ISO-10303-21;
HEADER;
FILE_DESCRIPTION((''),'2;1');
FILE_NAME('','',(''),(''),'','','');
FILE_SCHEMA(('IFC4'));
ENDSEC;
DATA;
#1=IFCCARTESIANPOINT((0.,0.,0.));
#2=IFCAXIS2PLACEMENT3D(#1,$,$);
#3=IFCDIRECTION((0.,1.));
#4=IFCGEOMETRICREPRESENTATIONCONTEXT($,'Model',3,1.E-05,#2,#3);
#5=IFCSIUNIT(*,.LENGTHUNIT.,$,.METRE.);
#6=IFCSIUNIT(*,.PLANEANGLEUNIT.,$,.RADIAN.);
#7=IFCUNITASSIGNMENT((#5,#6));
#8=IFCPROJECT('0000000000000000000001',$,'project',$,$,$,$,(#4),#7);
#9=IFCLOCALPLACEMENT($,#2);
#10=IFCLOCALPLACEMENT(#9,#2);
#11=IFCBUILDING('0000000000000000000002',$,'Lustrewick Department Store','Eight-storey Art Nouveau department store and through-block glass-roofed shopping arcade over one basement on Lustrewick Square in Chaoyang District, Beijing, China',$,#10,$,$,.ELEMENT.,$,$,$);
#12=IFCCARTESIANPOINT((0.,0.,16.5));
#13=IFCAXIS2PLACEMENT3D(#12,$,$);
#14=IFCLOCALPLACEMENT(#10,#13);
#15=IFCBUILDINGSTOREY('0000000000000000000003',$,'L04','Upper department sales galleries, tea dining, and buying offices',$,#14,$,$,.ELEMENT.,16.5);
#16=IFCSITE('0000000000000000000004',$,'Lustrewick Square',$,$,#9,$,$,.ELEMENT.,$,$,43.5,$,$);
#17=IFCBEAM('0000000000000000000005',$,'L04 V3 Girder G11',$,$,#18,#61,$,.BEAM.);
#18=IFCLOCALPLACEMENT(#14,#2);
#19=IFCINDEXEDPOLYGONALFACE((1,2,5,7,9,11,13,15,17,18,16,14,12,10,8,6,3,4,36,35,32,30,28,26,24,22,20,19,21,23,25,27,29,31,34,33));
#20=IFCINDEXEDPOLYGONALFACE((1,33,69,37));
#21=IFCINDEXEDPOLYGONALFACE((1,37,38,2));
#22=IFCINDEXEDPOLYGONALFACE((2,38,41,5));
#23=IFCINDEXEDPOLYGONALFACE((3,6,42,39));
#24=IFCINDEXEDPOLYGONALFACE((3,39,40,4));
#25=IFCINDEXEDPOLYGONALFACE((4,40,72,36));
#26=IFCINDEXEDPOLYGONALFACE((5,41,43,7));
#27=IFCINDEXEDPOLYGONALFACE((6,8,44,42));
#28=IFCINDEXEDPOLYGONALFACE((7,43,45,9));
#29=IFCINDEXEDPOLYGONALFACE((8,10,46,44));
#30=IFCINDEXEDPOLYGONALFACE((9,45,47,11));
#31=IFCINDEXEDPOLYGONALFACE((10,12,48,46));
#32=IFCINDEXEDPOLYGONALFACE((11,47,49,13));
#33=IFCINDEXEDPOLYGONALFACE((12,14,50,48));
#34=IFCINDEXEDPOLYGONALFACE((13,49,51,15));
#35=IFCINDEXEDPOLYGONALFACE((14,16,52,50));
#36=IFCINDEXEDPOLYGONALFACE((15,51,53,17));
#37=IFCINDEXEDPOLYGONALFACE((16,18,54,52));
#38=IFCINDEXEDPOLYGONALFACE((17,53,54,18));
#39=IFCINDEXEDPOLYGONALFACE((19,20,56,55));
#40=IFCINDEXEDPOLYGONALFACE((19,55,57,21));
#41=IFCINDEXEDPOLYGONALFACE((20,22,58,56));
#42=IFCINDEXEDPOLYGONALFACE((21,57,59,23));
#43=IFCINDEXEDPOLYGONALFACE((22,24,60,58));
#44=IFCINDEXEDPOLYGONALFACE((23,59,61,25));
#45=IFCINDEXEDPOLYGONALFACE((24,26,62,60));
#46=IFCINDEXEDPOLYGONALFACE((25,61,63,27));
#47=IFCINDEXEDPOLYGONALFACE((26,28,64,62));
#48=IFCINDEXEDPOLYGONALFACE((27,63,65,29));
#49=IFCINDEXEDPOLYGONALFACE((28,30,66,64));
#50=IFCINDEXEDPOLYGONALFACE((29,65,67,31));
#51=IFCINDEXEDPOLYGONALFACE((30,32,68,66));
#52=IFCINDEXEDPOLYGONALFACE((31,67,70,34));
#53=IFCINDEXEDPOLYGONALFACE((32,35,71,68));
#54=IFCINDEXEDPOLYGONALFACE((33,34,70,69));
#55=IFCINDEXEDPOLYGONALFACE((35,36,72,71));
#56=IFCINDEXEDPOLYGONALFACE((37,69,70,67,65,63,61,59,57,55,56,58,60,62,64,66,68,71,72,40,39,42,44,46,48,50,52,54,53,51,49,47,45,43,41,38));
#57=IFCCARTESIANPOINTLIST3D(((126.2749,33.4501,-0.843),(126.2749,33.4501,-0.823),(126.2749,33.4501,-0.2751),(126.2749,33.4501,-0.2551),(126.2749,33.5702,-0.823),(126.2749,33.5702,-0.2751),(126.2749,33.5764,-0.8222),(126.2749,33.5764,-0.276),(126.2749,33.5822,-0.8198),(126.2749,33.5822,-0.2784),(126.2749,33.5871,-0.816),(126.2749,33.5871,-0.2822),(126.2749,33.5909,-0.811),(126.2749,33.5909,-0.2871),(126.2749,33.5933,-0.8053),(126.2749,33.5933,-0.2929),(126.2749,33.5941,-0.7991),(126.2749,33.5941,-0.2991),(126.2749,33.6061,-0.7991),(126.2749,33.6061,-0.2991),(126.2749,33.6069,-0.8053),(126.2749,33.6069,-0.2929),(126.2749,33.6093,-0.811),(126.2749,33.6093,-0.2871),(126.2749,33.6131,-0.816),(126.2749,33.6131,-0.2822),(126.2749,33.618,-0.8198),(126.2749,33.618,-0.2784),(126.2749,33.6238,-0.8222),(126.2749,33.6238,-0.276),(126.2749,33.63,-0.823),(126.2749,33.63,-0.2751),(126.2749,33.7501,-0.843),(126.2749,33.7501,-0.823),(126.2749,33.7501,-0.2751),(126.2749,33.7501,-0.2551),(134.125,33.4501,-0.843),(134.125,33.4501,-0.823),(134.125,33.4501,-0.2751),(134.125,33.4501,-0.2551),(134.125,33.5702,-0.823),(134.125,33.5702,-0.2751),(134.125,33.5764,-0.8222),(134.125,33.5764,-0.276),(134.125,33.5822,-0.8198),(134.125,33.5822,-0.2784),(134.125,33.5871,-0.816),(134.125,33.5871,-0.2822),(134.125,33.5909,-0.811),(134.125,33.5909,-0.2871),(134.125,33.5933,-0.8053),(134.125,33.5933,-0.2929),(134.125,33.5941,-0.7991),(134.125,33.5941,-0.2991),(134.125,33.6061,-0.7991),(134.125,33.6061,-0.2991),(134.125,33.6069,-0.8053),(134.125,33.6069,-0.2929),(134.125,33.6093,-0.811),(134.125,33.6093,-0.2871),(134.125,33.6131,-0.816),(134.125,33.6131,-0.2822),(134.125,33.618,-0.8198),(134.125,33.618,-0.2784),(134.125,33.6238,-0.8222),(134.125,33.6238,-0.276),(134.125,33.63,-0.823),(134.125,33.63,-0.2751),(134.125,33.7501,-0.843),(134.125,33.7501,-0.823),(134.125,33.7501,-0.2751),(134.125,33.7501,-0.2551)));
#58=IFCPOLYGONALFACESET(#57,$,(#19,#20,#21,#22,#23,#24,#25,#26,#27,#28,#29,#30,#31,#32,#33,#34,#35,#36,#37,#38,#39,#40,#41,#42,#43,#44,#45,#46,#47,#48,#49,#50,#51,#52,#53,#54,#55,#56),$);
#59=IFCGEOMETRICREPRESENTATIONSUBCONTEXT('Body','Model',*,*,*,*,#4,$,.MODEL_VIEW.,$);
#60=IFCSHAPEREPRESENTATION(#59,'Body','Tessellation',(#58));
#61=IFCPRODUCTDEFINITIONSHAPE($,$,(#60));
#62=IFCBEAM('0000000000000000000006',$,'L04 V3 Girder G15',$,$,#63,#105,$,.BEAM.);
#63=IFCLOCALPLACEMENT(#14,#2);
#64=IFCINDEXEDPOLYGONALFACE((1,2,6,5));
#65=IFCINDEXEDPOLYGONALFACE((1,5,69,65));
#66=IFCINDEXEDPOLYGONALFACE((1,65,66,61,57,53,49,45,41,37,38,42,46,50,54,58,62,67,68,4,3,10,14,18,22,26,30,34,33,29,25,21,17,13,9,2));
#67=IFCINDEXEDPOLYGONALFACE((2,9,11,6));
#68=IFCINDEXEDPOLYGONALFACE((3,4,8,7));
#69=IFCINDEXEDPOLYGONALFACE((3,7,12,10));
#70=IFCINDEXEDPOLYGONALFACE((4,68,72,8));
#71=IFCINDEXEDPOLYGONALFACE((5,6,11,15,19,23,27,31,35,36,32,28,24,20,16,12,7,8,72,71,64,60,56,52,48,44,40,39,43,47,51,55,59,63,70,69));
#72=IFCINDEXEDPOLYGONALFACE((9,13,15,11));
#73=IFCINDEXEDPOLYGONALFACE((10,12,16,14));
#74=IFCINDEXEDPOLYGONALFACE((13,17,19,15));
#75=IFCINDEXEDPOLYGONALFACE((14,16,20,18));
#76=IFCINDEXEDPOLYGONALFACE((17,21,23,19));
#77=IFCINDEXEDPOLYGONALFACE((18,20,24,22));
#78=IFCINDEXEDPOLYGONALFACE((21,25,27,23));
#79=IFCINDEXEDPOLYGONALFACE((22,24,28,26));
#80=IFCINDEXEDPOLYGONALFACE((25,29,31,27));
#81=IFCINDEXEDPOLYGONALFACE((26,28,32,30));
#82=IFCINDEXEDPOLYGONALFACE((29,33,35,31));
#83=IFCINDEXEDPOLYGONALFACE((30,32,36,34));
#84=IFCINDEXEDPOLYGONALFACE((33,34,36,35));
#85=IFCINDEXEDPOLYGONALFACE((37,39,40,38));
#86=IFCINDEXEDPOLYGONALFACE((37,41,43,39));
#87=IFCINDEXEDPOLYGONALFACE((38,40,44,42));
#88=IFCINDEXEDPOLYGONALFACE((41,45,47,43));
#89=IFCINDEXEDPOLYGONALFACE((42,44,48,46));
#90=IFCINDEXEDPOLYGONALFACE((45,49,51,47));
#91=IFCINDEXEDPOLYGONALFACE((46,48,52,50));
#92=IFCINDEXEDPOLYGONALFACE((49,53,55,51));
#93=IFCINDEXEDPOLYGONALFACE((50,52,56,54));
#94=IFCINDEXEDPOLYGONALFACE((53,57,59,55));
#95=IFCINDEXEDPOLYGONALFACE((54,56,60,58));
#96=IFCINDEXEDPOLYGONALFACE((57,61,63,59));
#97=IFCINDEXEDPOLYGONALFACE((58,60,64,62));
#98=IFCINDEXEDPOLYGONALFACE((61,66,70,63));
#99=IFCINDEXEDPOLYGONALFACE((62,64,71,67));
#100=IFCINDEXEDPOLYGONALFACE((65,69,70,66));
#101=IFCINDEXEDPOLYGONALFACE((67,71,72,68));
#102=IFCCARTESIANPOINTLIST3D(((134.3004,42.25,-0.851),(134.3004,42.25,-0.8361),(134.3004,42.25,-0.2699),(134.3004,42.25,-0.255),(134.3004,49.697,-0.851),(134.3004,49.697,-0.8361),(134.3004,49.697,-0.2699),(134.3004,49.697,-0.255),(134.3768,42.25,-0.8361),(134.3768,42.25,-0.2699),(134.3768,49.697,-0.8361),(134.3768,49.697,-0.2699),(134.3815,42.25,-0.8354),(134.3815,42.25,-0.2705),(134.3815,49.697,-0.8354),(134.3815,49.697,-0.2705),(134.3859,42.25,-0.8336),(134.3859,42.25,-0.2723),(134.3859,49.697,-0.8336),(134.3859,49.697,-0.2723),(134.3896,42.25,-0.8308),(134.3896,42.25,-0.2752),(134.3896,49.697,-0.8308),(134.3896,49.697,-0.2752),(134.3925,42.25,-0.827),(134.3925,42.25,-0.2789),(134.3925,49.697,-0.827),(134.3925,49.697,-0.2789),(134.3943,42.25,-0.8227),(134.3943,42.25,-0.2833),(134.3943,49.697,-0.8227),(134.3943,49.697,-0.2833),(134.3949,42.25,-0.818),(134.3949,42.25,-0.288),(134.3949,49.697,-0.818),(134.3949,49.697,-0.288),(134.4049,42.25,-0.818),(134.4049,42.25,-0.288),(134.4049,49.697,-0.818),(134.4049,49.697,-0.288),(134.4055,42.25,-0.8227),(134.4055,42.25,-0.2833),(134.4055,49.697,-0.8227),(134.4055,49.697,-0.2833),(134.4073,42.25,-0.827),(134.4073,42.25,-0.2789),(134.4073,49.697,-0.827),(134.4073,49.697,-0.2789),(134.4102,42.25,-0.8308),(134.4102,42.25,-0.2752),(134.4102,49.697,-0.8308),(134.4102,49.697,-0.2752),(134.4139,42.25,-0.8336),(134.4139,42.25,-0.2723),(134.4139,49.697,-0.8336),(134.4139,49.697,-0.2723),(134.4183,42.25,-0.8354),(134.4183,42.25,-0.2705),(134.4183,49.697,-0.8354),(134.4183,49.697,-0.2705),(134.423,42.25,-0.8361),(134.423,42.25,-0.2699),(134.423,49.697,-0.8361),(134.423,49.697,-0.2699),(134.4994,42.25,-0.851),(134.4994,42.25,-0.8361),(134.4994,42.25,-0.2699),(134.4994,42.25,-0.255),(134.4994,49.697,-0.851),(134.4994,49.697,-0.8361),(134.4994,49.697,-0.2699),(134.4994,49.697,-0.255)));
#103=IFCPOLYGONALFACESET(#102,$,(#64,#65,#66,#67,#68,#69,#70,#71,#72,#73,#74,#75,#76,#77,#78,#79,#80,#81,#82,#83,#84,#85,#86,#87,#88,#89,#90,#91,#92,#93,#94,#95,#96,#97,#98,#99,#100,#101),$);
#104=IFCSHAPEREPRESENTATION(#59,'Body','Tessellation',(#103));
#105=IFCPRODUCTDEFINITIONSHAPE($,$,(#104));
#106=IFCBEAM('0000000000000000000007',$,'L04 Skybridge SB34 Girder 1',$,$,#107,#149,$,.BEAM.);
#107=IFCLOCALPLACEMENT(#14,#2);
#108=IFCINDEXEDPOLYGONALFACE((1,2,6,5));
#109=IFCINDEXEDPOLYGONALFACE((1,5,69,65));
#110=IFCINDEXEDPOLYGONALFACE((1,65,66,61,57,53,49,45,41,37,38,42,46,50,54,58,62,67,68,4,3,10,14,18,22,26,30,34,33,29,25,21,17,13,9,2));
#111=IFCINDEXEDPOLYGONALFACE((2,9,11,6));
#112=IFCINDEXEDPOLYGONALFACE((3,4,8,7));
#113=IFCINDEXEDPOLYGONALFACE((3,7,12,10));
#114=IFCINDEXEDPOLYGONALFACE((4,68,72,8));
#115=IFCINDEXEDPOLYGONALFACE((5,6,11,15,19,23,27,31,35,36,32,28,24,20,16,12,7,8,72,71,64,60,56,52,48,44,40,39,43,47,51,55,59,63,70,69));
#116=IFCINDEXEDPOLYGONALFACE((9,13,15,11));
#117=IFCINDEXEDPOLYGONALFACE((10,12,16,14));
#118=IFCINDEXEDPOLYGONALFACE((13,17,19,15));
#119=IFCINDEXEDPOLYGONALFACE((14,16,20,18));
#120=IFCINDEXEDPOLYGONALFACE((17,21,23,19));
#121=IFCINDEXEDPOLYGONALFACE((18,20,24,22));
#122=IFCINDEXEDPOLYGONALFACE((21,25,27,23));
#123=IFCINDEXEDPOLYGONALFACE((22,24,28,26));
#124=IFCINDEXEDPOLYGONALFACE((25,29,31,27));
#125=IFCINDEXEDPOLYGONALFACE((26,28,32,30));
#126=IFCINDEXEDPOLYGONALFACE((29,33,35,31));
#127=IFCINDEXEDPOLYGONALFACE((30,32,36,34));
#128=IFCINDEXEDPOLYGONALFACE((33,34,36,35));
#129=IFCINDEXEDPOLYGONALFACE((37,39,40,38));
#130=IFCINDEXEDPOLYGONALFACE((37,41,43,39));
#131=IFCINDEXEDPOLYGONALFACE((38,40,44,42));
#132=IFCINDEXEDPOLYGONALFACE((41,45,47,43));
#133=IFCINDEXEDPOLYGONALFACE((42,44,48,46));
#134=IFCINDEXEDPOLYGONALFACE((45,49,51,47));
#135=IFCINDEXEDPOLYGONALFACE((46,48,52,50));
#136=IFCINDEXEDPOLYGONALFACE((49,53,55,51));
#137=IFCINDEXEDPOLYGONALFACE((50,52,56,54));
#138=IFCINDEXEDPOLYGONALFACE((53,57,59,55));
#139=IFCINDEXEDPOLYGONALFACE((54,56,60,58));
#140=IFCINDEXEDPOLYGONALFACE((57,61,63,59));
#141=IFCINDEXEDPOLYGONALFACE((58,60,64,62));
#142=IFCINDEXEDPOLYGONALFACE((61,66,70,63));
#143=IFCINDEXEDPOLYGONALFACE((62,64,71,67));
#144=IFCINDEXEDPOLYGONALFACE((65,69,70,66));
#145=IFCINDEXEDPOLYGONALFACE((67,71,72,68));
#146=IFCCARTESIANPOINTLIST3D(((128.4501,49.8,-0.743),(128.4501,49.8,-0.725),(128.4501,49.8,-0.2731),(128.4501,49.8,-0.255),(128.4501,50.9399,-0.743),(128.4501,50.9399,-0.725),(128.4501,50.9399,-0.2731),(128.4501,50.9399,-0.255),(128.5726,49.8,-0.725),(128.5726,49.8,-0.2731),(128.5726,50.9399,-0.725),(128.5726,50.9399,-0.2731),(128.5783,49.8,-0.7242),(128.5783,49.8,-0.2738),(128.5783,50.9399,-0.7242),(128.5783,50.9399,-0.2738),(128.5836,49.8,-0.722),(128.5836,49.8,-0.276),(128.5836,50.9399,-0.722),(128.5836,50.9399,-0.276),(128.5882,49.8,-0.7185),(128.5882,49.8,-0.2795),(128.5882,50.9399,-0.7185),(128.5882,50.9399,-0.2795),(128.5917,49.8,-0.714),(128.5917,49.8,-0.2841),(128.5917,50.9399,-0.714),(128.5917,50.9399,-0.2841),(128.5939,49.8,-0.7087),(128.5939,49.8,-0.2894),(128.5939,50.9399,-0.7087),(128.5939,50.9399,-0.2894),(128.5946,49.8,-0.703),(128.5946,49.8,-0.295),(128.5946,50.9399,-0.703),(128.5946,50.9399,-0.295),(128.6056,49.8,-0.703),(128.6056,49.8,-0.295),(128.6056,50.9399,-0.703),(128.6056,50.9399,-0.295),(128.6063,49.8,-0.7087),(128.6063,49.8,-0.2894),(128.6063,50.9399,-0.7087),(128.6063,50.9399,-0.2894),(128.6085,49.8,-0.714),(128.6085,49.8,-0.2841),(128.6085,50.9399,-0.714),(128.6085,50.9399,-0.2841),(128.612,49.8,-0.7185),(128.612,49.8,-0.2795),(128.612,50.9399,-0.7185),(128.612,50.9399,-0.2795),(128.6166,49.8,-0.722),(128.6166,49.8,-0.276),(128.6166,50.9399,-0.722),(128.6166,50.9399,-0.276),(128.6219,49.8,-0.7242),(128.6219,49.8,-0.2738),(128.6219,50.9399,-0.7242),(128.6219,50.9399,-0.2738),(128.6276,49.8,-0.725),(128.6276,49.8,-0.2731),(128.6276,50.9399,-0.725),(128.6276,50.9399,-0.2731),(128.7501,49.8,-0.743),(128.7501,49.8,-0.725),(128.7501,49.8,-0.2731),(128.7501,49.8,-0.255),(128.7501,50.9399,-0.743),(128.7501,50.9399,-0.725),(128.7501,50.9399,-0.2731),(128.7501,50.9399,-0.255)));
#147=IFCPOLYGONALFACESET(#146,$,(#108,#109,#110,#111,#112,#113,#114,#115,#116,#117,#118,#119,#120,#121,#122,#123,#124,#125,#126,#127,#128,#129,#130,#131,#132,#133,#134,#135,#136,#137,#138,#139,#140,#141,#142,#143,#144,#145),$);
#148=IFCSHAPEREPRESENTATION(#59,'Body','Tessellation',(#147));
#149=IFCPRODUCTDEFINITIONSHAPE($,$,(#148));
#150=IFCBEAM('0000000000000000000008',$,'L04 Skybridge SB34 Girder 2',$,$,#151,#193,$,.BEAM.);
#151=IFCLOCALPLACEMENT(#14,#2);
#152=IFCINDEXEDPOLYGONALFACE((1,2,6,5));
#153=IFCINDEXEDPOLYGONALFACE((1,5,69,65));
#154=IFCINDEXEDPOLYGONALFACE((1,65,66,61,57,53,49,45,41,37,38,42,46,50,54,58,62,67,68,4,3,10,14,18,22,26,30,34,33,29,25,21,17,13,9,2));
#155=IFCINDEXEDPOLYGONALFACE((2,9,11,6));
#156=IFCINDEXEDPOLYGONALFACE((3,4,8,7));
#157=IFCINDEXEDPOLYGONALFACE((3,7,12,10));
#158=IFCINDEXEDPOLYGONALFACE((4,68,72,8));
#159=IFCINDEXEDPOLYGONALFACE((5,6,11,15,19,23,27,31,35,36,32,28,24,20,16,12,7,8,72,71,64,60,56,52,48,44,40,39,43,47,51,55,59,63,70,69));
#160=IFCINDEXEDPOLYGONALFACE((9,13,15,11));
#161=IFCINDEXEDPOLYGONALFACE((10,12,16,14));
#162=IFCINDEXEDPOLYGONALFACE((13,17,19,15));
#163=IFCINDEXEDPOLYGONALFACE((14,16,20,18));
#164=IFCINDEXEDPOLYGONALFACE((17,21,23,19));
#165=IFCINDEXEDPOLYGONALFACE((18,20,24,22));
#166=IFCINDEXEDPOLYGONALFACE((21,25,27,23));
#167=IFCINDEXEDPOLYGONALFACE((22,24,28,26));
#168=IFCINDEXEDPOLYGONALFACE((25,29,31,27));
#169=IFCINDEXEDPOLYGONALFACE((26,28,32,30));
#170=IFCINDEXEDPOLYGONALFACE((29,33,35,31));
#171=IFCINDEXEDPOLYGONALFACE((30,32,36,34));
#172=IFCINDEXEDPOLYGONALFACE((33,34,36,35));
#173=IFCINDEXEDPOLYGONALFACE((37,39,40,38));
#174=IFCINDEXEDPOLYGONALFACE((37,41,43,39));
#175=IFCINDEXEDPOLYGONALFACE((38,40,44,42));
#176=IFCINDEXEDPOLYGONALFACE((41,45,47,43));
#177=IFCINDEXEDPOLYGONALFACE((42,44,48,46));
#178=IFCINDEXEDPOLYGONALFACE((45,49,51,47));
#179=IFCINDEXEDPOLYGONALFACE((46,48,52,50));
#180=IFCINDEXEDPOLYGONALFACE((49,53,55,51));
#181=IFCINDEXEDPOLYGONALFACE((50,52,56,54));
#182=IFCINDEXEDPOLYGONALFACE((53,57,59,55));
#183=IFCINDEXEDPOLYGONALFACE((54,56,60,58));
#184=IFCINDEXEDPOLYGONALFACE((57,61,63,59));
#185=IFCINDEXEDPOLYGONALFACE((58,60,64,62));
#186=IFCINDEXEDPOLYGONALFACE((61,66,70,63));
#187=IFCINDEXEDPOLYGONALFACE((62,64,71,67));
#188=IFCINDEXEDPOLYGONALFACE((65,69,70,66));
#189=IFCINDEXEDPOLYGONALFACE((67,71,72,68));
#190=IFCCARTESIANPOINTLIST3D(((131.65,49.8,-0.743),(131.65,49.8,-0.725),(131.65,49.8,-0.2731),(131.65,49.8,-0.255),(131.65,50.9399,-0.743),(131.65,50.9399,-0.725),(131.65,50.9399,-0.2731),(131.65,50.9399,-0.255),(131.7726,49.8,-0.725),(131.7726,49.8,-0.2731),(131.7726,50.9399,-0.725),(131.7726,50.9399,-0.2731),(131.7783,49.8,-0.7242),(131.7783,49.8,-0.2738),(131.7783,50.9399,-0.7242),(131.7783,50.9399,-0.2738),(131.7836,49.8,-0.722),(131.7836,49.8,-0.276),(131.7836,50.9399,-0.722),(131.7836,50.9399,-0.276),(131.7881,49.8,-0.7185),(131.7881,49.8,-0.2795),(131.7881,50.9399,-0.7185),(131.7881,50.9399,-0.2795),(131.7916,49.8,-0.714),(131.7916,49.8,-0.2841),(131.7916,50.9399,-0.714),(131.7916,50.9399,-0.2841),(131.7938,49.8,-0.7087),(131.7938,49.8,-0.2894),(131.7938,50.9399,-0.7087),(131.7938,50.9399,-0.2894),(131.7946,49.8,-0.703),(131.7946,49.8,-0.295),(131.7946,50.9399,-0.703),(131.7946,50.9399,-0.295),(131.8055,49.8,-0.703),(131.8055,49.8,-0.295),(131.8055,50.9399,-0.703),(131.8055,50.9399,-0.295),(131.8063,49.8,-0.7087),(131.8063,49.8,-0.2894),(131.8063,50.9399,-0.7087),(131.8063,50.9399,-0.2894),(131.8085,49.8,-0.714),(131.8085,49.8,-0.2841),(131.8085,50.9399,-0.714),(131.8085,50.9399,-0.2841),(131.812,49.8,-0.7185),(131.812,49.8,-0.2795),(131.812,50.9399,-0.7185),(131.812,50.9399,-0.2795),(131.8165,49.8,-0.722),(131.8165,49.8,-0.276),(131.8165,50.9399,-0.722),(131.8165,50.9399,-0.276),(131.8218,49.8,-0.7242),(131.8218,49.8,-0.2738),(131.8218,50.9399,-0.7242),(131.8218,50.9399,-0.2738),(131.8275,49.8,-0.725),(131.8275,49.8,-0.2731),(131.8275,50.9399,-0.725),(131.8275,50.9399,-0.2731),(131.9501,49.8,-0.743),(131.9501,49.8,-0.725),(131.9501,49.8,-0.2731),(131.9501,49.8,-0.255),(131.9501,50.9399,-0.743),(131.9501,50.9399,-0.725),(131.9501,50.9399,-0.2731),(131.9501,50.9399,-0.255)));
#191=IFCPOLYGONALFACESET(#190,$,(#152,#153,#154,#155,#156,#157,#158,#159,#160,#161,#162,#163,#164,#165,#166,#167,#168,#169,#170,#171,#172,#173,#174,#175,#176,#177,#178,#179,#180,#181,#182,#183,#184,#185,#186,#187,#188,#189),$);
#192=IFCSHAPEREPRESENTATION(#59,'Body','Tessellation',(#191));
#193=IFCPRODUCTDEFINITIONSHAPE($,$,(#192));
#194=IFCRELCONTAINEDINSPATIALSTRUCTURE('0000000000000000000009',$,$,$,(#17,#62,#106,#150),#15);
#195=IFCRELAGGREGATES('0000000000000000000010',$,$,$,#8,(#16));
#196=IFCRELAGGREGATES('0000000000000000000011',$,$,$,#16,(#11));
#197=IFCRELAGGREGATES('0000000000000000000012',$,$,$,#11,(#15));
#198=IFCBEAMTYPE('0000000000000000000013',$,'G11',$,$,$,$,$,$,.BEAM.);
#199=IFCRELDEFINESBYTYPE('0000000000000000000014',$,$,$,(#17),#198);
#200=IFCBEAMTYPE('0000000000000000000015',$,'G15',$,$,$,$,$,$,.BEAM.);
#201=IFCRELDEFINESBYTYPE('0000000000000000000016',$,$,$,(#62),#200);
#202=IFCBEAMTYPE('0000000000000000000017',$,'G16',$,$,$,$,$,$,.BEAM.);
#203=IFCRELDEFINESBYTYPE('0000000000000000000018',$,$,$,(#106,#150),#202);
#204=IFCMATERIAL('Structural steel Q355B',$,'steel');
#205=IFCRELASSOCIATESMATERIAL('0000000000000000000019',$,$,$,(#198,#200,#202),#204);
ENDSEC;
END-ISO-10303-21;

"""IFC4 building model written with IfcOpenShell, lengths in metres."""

from ifc_helpers import new_model, si_unit, direction, frame, origin, origin_2d, place, context, subcontext, project, spatial, i_section, extrude, material, material_profile, profile_set, type_object, element, save


model = new_model("IFC4")

# Units and contexts
model_context = context("Model", 3, precision=1e-05, world=origin(), true_north=direction((0.0, 1.0)))
body_context = subcontext(model_context, "Body", "Model", "MODEL_VIEW")
ifc_project = project(units=[si_unit("LENGTHUNIT", "METRE"), si_unit("PLANEANGLEUNIT", "RADIAN")], contexts=[model_context])

# Site, building, storey
site_placement = place(None, origin())
site = spatial("IfcSite", under=ifc_project, at=site_placement, Name="Lustrewick Square", CompositionType="ELEMENT", RefElevation=43.5)
building_placement = place(site_placement, origin())
building = spatial("IfcBuilding", under=site, at=building_placement, Name="Lustrewick Department Store", Description="Eight-storey Art Nouveau department store and through-block glass-roofed shopping arcade over one basement on Lustrewick Square in Chaoyang District, Beijing, China", CompositionType="ELEMENT")
storey_placement = place(building_placement, frame((0.0, 0.0, 16.5)))
storey = spatial("IfcBuildingStorey", under=building, at=storey_placement, Name="L04", Description="Upper department sales galleries, tea dining, and buying offices", CompositionType="ELEMENT", Elevation=16.5)

# Shared definitions
ifc_material_1 = material(Name="Structural steel Q355B", Category="steel")

# Beams
ifc_material_profile_1 = material_profile(ifc_material_1, i_section(OverallWidth=0.3, OverallDepth=0.5879, WebThickness=0.012, FlangeThickness=0.02, FilletRadius=0.0239, at=origin_2d()), Name="HM 588x300x12x20")
ifc_profile_set_1 = profile_set([ifc_material_profile_1], Name="Structural steel Q355B")
beam_type_1 = type_object("IfcBeamType", Name="G11", PredefinedType="BEAM", material=ifc_profile_set_1)
beam_1_placement = place(storey_placement, frame((126.2749, 33.6001, -0.5491), z_axis=(1.0, 0.0, 0.0), x_axis=(0.0, 1.0, 0.0)))
element("IfcBeam", 1, at=beam_1_placement, inside=storey, type_object=beam_type_1, Name="L04 V3 Girder G11", PredefinedType="BEAM", context=body_context, shape_type="SweptSolid", body=[
    extrude(i_section(OverallWidth=0.3, OverallDepth=0.5879, WebThickness=0.012, FlangeThickness=0.02, FilletRadius=0.0239, at=origin_2d()), origin(), (0.0, 0.0, 1.0), 7.8501),
])
ifc_material_profile_2 = material_profile(ifc_material_1, i_section(OverallWidth=0.199, OverallDepth=0.5959, WebThickness=0.01, FlangeThickness=0.0149, FilletRadius=0.0181, at=origin_2d()), Name="HN 596x199x10x15")
ifc_profile_set_2 = profile_set([ifc_material_profile_2], Name="Structural steel Q355B")
beam_type_2 = type_object("IfcBeamType", Name="G15", PredefinedType="BEAM", material=ifc_profile_set_2)
beam_2_placement = place(storey_placement, frame((134.3999, 42.25, -0.553), z_axis=(0.0, 1.0, 0.0), x_axis=(-1.0, 0.0, 0.0)))
element("IfcBeam", 2, at=beam_2_placement, inside=storey, type_object=beam_type_2, Name="L04 V3 Girder G15", PredefinedType="BEAM", context=body_context, shape_type="SweptSolid", body=[
    extrude(i_section(OverallWidth=0.199, OverallDepth=0.5959, WebThickness=0.01, FlangeThickness=0.0149, FilletRadius=0.0181, at=origin_2d()), origin(), (0.0, 0.0, 1.0), 7.447),
])
ifc_material_profile_3 = material_profile(ifc_material_1, i_section(OverallWidth=0.3, OverallDepth=0.488, WebThickness=0.011, FlangeThickness=0.0181, FilletRadius=0.022, at=origin_2d()), Name="HM 488x300x11x18")
ifc_profile_set_3 = profile_set([ifc_material_profile_3], Name="Structural steel Q355B")
beam_type_3 = type_object("IfcBeamType", Name="G16", PredefinedType="BEAM", material=ifc_profile_set_3)
for number, where, z_axis, x_axis, name in (
    (3, (128.6001, 49.8, -0.499), (0.0, 1.0, 0.0), (-1.0, 0.0, 0.0), "L04 Skybridge SB34 Girder 1"),
    (4, (131.8, 49.8, -0.499), (0.0, 1.0, 0.0), (-1.0, 0.0, 0.0), "L04 Skybridge SB34 Girder 2"),
):
    element("IfcBeam", number, at=place(storey_placement, frame(where, z_axis=z_axis, x_axis=x_axis)), inside=storey, type_object=beam_type_3, Name=name, PredefinedType="BEAM", context=body_context, shape_type="SweptSolid", body=[
        extrude(i_section(OverallWidth=0.3, OverallDepth=0.488, WebThickness=0.011, FlangeThickness=0.0181, FilletRadius=0.022, at=origin_2d()), origin(), (0.0, 0.0, 1.0), 1.1399),
    ])

save(model, "model.ifc")
